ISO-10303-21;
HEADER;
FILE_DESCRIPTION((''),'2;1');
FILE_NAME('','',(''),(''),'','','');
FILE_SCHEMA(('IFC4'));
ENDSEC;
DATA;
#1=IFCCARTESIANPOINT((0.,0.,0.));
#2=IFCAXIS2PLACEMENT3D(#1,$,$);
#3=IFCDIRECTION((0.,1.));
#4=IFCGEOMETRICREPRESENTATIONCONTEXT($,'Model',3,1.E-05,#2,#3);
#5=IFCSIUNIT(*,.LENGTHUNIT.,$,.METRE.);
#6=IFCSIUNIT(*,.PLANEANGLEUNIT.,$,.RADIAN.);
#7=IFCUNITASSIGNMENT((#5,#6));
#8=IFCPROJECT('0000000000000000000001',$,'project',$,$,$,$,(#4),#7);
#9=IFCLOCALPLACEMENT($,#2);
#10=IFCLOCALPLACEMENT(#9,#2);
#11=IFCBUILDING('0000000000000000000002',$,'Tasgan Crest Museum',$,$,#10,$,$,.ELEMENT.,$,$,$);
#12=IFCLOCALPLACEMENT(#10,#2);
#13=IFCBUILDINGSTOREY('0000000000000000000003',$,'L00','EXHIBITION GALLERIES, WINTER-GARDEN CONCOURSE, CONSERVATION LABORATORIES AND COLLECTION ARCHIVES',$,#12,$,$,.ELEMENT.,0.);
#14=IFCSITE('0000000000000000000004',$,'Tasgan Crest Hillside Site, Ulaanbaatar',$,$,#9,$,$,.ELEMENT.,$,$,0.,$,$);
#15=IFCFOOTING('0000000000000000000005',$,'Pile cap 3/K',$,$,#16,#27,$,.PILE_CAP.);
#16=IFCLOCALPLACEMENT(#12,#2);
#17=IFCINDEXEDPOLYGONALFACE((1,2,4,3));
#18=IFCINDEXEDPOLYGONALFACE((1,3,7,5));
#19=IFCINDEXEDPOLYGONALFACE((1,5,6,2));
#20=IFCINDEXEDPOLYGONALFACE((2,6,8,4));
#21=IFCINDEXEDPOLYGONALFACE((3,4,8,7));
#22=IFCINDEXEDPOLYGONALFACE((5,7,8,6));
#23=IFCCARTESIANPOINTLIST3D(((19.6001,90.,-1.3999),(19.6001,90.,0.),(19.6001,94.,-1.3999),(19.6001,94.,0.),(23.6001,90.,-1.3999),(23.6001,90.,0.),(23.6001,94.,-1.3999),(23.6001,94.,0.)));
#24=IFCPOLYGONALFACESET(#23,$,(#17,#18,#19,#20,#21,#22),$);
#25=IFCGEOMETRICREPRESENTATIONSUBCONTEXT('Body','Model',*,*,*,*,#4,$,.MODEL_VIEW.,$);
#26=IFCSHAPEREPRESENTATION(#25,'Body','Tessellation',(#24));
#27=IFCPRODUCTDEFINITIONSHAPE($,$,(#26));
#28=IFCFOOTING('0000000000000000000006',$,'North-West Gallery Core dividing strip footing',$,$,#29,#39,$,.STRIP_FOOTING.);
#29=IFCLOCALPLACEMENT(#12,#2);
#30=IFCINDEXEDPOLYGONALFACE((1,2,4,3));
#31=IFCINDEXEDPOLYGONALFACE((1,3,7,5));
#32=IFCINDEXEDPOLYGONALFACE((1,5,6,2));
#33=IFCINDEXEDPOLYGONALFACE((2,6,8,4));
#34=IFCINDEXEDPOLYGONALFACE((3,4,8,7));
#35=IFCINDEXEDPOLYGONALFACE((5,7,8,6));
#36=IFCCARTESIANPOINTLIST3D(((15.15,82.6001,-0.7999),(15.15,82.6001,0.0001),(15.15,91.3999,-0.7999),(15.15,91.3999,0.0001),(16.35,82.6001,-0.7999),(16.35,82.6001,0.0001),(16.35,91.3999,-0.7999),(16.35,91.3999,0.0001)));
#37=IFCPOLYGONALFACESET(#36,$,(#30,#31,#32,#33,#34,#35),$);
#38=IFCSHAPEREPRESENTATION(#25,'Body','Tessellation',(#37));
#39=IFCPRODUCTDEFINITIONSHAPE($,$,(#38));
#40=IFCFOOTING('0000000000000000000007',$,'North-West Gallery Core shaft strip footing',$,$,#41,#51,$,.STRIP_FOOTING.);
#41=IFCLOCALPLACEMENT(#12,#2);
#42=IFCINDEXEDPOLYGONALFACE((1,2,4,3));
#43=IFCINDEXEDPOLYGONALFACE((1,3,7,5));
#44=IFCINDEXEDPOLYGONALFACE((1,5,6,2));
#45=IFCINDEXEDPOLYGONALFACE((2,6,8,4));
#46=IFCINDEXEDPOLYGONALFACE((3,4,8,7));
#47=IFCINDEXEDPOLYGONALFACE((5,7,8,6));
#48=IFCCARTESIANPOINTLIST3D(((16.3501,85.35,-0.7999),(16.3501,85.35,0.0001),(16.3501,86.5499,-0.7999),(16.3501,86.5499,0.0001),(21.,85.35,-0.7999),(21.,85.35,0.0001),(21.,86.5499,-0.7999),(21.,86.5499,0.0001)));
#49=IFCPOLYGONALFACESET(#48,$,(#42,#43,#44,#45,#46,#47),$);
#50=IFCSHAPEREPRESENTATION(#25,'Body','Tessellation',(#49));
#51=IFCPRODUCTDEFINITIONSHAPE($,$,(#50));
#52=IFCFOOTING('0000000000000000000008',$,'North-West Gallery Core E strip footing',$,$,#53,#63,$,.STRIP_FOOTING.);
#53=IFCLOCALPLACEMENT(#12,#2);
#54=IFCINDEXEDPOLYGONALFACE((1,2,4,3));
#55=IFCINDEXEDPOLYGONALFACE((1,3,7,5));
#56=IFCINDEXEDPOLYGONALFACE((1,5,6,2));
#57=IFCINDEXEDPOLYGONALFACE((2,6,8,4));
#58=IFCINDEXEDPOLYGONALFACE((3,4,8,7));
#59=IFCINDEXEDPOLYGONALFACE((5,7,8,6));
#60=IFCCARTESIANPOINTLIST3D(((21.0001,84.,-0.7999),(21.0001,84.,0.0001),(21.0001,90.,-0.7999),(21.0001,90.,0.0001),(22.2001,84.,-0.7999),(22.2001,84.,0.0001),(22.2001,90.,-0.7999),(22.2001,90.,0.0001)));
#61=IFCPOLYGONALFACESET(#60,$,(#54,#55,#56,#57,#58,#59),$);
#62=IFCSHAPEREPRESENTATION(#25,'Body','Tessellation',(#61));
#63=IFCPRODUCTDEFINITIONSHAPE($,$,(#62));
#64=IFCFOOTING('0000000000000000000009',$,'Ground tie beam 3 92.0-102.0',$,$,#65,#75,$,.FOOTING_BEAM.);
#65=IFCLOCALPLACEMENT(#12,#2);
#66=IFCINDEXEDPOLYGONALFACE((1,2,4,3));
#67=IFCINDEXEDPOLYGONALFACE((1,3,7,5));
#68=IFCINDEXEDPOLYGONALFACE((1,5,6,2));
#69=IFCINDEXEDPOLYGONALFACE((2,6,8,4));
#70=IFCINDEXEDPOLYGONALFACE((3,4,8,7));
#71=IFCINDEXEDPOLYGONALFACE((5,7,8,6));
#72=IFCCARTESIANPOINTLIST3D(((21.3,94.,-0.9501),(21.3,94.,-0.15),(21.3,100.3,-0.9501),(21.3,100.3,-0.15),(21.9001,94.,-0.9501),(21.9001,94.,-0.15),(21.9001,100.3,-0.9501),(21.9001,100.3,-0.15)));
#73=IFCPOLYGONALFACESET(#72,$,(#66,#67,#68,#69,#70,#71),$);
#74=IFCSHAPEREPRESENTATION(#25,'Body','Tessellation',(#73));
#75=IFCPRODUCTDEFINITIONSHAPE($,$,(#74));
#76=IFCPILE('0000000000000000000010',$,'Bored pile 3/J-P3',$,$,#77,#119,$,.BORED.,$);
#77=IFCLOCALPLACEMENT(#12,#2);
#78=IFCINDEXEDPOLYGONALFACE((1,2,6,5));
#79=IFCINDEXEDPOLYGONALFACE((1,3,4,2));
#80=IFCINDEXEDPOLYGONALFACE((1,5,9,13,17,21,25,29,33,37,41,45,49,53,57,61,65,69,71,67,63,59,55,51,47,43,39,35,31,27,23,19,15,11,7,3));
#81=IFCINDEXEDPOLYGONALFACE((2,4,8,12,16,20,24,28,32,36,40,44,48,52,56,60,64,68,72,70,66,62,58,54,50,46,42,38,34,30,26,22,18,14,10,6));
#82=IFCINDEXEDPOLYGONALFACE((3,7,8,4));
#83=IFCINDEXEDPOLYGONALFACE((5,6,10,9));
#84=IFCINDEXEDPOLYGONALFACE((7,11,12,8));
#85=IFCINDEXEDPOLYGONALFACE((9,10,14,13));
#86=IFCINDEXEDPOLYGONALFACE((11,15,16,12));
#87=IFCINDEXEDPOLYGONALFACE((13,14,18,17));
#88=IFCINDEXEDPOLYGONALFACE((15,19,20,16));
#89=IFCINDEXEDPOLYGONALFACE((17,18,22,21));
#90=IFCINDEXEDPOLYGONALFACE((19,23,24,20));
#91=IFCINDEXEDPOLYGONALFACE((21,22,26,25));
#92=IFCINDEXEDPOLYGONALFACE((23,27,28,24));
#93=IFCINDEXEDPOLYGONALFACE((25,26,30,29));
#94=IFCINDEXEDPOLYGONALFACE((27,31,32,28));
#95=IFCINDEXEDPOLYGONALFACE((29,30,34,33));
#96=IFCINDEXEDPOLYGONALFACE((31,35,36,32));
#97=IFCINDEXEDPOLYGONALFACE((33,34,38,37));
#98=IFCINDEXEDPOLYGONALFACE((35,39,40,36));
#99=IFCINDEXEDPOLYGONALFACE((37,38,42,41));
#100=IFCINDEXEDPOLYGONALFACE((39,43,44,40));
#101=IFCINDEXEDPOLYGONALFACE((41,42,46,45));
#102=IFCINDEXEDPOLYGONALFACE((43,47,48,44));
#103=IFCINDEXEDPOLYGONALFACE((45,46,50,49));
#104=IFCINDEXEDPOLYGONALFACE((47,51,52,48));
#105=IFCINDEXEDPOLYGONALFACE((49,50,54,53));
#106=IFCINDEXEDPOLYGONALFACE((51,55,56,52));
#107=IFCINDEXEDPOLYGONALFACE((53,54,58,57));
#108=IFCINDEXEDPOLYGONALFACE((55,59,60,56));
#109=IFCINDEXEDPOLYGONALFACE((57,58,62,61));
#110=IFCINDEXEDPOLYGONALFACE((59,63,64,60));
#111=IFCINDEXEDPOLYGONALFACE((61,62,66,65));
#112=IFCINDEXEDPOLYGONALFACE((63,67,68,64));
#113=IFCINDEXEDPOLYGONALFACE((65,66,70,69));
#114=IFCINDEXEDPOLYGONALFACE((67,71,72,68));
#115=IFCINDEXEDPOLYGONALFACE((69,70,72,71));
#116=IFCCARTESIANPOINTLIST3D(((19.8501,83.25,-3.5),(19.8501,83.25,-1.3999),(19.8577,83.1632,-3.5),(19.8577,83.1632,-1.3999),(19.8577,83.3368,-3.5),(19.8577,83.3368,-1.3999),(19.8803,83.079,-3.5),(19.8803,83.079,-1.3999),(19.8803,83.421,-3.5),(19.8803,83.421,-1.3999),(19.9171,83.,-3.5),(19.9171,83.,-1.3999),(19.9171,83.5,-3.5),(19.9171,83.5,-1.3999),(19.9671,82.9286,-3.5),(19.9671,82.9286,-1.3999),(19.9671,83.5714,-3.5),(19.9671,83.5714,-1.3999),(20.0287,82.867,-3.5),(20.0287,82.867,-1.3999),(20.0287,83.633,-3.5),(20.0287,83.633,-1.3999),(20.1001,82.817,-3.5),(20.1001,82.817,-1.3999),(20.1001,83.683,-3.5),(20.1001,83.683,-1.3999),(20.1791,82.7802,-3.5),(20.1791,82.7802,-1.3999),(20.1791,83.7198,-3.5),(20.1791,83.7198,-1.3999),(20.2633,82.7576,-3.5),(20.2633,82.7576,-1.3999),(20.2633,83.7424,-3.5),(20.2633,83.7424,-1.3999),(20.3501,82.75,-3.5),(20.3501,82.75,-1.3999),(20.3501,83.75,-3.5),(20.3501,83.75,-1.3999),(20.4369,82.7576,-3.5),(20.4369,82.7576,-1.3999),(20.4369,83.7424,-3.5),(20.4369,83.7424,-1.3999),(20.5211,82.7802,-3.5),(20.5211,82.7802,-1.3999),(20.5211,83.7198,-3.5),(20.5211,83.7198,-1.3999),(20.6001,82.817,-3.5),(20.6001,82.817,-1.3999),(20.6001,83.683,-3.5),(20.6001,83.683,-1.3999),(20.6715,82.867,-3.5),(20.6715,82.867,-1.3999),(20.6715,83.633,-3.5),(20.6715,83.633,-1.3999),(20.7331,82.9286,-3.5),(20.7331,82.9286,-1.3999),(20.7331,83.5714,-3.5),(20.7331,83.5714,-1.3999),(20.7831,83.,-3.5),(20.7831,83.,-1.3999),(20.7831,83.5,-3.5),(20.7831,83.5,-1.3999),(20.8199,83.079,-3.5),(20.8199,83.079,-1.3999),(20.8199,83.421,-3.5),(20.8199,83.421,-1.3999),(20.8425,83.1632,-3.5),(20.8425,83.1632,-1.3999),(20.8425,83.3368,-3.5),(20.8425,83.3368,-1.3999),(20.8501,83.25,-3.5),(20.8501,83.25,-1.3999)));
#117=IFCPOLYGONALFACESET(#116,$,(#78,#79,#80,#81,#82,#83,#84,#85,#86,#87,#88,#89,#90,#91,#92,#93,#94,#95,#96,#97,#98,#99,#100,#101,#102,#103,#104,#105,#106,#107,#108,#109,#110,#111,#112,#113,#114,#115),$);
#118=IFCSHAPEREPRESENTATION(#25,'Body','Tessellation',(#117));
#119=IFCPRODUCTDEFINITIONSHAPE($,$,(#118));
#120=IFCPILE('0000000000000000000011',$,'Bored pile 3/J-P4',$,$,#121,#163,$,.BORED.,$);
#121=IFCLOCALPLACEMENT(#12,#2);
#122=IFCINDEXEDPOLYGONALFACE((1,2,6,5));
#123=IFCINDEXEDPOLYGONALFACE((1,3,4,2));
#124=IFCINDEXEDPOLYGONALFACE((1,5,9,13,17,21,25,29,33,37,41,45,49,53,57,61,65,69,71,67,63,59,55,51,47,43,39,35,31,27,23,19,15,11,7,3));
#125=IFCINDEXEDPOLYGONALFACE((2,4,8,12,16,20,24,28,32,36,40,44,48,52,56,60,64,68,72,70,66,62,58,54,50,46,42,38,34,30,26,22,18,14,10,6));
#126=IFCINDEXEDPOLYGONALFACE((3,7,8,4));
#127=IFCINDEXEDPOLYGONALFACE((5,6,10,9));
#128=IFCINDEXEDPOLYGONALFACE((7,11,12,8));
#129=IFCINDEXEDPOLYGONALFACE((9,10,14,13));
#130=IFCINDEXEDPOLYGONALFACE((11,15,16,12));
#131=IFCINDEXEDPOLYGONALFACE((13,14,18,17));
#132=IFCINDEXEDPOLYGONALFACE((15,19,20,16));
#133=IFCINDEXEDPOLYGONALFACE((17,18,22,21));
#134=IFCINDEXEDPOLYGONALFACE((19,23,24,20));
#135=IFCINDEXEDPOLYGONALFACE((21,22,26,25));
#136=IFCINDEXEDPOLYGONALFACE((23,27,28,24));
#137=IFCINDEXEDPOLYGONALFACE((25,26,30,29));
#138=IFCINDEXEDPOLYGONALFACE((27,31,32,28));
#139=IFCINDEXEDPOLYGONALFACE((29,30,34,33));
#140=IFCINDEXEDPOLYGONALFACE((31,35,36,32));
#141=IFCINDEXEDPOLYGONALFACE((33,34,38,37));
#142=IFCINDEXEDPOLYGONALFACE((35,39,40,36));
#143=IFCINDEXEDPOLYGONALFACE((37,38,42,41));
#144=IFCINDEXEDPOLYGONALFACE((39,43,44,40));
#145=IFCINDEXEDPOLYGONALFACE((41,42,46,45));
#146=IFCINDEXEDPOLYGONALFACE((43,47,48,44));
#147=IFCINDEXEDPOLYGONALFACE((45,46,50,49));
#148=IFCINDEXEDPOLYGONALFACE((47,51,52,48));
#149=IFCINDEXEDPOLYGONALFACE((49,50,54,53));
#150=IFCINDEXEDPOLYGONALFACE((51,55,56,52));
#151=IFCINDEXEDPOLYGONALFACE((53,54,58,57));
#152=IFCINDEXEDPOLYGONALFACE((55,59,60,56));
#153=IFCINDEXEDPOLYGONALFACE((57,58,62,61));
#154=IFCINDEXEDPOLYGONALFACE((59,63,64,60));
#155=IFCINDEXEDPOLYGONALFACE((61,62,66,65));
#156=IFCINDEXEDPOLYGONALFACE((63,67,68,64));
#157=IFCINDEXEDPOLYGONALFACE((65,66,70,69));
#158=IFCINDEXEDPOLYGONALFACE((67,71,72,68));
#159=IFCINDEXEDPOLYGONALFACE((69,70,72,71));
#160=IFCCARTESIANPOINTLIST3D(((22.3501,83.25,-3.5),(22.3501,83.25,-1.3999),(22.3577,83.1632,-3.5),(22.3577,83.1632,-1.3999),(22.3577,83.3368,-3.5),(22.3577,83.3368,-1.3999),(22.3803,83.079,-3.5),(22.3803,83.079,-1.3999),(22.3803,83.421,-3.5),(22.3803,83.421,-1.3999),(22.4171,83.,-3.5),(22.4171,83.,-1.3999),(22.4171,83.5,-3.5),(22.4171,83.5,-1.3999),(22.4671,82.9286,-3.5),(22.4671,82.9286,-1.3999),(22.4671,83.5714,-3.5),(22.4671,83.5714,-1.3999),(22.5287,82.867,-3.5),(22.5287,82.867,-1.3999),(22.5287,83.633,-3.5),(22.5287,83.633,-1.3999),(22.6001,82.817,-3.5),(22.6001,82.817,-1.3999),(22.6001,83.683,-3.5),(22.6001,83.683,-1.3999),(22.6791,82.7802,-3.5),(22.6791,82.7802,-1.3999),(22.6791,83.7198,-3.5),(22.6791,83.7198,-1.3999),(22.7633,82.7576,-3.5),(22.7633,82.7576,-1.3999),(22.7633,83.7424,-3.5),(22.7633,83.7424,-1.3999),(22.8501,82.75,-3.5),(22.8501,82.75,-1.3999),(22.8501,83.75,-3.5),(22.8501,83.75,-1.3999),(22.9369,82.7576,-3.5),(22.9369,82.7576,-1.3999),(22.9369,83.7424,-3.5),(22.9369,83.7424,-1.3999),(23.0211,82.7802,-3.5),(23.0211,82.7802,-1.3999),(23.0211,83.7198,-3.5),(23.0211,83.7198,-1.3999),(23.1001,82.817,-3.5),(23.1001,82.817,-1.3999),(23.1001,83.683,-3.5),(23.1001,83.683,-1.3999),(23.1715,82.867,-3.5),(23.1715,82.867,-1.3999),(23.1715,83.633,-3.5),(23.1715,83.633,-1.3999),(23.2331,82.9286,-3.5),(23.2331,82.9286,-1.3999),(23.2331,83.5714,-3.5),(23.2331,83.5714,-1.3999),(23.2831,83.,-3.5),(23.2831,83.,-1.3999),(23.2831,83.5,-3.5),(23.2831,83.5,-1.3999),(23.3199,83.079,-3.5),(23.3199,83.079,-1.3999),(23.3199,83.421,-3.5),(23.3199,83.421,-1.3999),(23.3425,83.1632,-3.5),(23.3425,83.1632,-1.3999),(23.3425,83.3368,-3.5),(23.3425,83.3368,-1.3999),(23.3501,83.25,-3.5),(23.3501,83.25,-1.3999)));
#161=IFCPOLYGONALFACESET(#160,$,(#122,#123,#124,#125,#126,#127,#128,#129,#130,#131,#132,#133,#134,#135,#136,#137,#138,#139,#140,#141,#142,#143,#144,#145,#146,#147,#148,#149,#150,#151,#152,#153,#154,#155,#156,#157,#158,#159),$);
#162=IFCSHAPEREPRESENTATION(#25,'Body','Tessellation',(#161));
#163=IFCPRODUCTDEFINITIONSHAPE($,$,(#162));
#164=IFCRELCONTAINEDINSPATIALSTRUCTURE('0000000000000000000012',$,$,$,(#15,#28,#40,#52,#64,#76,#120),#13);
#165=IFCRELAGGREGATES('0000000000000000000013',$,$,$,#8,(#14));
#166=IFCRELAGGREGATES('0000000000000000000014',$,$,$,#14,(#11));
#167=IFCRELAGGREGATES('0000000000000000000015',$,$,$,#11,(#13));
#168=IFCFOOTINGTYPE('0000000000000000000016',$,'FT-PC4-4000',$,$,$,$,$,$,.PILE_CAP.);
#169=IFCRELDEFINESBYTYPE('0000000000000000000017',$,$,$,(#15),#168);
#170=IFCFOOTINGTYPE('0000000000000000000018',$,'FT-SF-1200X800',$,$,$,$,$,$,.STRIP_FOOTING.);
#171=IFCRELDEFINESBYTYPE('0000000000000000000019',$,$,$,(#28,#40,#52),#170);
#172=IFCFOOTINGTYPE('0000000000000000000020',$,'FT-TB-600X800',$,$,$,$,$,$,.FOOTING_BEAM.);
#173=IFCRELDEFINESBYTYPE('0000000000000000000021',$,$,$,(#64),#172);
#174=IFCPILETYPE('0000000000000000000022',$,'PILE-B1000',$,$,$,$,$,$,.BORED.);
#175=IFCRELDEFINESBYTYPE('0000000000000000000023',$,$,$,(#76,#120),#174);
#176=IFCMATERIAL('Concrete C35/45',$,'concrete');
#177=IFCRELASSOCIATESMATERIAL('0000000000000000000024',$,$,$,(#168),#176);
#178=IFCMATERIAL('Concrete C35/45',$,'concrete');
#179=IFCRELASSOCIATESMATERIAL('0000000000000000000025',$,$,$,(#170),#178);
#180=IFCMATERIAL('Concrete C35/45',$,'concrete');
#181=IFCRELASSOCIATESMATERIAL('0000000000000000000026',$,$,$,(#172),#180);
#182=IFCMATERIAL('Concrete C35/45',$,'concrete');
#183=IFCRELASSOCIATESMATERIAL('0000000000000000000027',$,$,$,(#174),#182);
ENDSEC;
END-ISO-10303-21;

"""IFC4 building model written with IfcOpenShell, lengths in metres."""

from ifc_helpers import new_model, si_unit, direction, frame, origin, origin_2d, place, context, subcontext, project, spatial, rectangle, circle, extrude, material, material_profile, profile_set, type_object, element, save


model = new_model("IFC4")

# Units and contexts
model_context = context("Model", 3, precision=1e-05, world=origin(), true_north=direction((0.0, 1.0)))
body_context = subcontext(model_context, "Body", "Model", "MODEL_VIEW")
ifc_project = project(units=[si_unit("LENGTHUNIT", "METRE"), si_unit("PLANEANGLEUNIT", "RADIAN")], contexts=[model_context])

# Site, building, storey
site_placement = place(None, origin())
site = spatial("IfcSite", under=ifc_project, at=site_placement, Name="Tasgan Crest Hillside Site, Ulaanbaatar", CompositionType="ELEMENT", RefElevation=0.0)
building_placement = place(site_placement, origin())
building = spatial("IfcBuilding", under=site, at=building_placement, Name="Tasgan Crest Museum", CompositionType="ELEMENT")
storey_placement = place(building_placement, origin())
storey = spatial("IfcBuildingStorey", under=building, at=storey_placement, Name="L00", Description="EXHIBITION GALLERIES, WINTER-GARDEN CONCOURSE, CONSERVATION LABORATORIES AND COLLECTION ARCHIVES", CompositionType="ELEMENT", Elevation=0.0)

# Footings
ifc_material_1 = material(Name="Concrete C35/45", Category="concrete")
footing_type_1 = type_object("IfcFootingType", Name="FT-PC4-4000", PredefinedType="PILE_CAP", material=ifc_material_1)
footing_1_placement = place(storey_placement, frame((21.6001, 92.0, -1.3999), z_axis=(0.0, 0.0, 1.0), x_axis=(1.0, 0.0, 0.0)))
element("IfcFooting", 1, at=footing_1_placement, inside=storey, type_object=footing_type_1, Name="Pile cap 3/K", PredefinedType="PILE_CAP", context=body_context, shape_type="SweptSolid", body=[
    extrude(rectangle(XDim=4.0, YDim=4.0, at=origin_2d()), origin(), (0.0, 0.0, 1.0), 1.3999),
])
ifc_material_2 = material(Name="Concrete C35/45", Category="concrete")
ifc_material_profile_1 = material_profile(ifc_material_2, rectangle(XDim=1.2, YDim=0.8, at=origin_2d()), Name="SF 1200x800")
ifc_profile_set_1 = profile_set([ifc_material_profile_1], Name="Concrete C35/45")
footing_type_2 = type_object("IfcFootingType", Name="FT-SF-1200X800", PredefinedType="STRIP_FOOTING", material=ifc_profile_set_1)
footing_2_placement = place(storey_placement, frame((15.75, 82.6001, -0.3999), z_axis=(0.0, 1.0, 0.0), x_axis=(-1.0, 0.0, 0.0)))
element("IfcFooting", 2, at=footing_2_placement, inside=storey, type_object=footing_type_2, Name="North-West Gallery Core dividing strip footing", PredefinedType="STRIP_FOOTING", context=body_context, shape_type="SweptSolid", body=[
    extrude(rectangle(XDim=1.2, YDim=0.8, at=origin_2d()), origin(), (0.0, 0.0, 1.0), 8.7998),
])
footing_3_placement = place(storey_placement, frame((16.3501, 85.95, -0.3999), z_axis=(1.0, 0.0, 0.0), x_axis=(0.0, 1.0, 0.0)))
element("IfcFooting", 3, at=footing_3_placement, inside=storey, type_object=footing_type_2, Name="North-West Gallery Core shaft strip footing", PredefinedType="STRIP_FOOTING", context=body_context, shape_type="SweptSolid", body=[
    extrude(rectangle(XDim=1.2, YDim=0.8, at=origin_2d()), origin(), (0.0, 0.0, 1.0), 4.6499),
])
footing_4_placement = place(storey_placement, frame((21.6001, 84.0, -0.3999), z_axis=(0.0, 1.0, 0.0), x_axis=(-1.0, 0.0, 0.0)))
element("IfcFooting", 4, at=footing_4_placement, inside=storey, type_object=footing_type_2, Name="North-West Gallery Core E strip footing", PredefinedType="STRIP_FOOTING", context=body_context, shape_type="SweptSolid", body=[
    extrude(rectangle(XDim=1.2, YDim=0.8, at=origin_2d()), origin(), (0.0, 0.0, 1.0), 6.0),
])
ifc_material_3 = material(Name="Concrete C35/45", Category="concrete")
ifc_material_profile_2 = material_profile(ifc_material_3, rectangle(XDim=0.6001, YDim=0.8, at=origin_2d()), Name="TB 600x800")
ifc_profile_set_2 = profile_set([ifc_material_profile_2], Name="Concrete C35/45")
footing_type_3 = type_object("IfcFootingType", Name="FT-TB-600X800", PredefinedType="FOOTING_BEAM", material=ifc_profile_set_2)
footing_5_placement = place(storey_placement, frame((21.6001, 94.0, -0.55), z_axis=(0.0, 1.0, 0.0), x_axis=(-1.0, 0.0, 0.0)))
element("IfcFooting", 5, at=footing_5_placement, inside=storey, type_object=footing_type_3, Name="Ground tie beam 3 92.0-102.0", PredefinedType="FOOTING_BEAM", context=body_context, shape_type="SweptSolid", body=[
    extrude(rectangle(XDim=0.6001, YDim=0.8, at=origin_2d()), origin(), (0.0, 0.0, 1.0), 6.3),
])

# Piles
ifc_material_4 = material(Name="Concrete C35/45", Category="concrete")
ifc_material_profile_3 = material_profile(ifc_material_4, circle(Radius=0.5, at=origin_2d()), Name="PILE D1000")
ifc_profile_set_3 = profile_set([ifc_material_profile_3], Name="Concrete C35/45")
pile_type = type_object("IfcPileType", Name="PILE-B1000", PredefinedType="BORED", material=ifc_profile_set_3)
for number, where, z_axis, x_axis, name in (
    (6, (20.3501, 83.25, -1.3999), (0.0, 0.0, -1.0), (1.0, 0.0, 0.0), "Bored pile 3/J-P3"),
    (7, (22.8501, 83.25, -1.3999), (0.0, 0.0, -1.0), (1.0, 0.0, 0.0), "Bored pile 3/J-P4"),
):
    element("IfcPile", number, at=place(storey_placement, frame(where, z_axis=z_axis, x_axis=x_axis)), inside=storey, type_object=pile_type, Name=name, PredefinedType="BORED", context=body_context, shape_type="SweptSolid", body=[
        extrude(circle(Radius=0.5, at=origin_2d()), origin(), (0.0, 0.0, 1.0), 2.1001),
    ])

save(model, "model.ifc")
